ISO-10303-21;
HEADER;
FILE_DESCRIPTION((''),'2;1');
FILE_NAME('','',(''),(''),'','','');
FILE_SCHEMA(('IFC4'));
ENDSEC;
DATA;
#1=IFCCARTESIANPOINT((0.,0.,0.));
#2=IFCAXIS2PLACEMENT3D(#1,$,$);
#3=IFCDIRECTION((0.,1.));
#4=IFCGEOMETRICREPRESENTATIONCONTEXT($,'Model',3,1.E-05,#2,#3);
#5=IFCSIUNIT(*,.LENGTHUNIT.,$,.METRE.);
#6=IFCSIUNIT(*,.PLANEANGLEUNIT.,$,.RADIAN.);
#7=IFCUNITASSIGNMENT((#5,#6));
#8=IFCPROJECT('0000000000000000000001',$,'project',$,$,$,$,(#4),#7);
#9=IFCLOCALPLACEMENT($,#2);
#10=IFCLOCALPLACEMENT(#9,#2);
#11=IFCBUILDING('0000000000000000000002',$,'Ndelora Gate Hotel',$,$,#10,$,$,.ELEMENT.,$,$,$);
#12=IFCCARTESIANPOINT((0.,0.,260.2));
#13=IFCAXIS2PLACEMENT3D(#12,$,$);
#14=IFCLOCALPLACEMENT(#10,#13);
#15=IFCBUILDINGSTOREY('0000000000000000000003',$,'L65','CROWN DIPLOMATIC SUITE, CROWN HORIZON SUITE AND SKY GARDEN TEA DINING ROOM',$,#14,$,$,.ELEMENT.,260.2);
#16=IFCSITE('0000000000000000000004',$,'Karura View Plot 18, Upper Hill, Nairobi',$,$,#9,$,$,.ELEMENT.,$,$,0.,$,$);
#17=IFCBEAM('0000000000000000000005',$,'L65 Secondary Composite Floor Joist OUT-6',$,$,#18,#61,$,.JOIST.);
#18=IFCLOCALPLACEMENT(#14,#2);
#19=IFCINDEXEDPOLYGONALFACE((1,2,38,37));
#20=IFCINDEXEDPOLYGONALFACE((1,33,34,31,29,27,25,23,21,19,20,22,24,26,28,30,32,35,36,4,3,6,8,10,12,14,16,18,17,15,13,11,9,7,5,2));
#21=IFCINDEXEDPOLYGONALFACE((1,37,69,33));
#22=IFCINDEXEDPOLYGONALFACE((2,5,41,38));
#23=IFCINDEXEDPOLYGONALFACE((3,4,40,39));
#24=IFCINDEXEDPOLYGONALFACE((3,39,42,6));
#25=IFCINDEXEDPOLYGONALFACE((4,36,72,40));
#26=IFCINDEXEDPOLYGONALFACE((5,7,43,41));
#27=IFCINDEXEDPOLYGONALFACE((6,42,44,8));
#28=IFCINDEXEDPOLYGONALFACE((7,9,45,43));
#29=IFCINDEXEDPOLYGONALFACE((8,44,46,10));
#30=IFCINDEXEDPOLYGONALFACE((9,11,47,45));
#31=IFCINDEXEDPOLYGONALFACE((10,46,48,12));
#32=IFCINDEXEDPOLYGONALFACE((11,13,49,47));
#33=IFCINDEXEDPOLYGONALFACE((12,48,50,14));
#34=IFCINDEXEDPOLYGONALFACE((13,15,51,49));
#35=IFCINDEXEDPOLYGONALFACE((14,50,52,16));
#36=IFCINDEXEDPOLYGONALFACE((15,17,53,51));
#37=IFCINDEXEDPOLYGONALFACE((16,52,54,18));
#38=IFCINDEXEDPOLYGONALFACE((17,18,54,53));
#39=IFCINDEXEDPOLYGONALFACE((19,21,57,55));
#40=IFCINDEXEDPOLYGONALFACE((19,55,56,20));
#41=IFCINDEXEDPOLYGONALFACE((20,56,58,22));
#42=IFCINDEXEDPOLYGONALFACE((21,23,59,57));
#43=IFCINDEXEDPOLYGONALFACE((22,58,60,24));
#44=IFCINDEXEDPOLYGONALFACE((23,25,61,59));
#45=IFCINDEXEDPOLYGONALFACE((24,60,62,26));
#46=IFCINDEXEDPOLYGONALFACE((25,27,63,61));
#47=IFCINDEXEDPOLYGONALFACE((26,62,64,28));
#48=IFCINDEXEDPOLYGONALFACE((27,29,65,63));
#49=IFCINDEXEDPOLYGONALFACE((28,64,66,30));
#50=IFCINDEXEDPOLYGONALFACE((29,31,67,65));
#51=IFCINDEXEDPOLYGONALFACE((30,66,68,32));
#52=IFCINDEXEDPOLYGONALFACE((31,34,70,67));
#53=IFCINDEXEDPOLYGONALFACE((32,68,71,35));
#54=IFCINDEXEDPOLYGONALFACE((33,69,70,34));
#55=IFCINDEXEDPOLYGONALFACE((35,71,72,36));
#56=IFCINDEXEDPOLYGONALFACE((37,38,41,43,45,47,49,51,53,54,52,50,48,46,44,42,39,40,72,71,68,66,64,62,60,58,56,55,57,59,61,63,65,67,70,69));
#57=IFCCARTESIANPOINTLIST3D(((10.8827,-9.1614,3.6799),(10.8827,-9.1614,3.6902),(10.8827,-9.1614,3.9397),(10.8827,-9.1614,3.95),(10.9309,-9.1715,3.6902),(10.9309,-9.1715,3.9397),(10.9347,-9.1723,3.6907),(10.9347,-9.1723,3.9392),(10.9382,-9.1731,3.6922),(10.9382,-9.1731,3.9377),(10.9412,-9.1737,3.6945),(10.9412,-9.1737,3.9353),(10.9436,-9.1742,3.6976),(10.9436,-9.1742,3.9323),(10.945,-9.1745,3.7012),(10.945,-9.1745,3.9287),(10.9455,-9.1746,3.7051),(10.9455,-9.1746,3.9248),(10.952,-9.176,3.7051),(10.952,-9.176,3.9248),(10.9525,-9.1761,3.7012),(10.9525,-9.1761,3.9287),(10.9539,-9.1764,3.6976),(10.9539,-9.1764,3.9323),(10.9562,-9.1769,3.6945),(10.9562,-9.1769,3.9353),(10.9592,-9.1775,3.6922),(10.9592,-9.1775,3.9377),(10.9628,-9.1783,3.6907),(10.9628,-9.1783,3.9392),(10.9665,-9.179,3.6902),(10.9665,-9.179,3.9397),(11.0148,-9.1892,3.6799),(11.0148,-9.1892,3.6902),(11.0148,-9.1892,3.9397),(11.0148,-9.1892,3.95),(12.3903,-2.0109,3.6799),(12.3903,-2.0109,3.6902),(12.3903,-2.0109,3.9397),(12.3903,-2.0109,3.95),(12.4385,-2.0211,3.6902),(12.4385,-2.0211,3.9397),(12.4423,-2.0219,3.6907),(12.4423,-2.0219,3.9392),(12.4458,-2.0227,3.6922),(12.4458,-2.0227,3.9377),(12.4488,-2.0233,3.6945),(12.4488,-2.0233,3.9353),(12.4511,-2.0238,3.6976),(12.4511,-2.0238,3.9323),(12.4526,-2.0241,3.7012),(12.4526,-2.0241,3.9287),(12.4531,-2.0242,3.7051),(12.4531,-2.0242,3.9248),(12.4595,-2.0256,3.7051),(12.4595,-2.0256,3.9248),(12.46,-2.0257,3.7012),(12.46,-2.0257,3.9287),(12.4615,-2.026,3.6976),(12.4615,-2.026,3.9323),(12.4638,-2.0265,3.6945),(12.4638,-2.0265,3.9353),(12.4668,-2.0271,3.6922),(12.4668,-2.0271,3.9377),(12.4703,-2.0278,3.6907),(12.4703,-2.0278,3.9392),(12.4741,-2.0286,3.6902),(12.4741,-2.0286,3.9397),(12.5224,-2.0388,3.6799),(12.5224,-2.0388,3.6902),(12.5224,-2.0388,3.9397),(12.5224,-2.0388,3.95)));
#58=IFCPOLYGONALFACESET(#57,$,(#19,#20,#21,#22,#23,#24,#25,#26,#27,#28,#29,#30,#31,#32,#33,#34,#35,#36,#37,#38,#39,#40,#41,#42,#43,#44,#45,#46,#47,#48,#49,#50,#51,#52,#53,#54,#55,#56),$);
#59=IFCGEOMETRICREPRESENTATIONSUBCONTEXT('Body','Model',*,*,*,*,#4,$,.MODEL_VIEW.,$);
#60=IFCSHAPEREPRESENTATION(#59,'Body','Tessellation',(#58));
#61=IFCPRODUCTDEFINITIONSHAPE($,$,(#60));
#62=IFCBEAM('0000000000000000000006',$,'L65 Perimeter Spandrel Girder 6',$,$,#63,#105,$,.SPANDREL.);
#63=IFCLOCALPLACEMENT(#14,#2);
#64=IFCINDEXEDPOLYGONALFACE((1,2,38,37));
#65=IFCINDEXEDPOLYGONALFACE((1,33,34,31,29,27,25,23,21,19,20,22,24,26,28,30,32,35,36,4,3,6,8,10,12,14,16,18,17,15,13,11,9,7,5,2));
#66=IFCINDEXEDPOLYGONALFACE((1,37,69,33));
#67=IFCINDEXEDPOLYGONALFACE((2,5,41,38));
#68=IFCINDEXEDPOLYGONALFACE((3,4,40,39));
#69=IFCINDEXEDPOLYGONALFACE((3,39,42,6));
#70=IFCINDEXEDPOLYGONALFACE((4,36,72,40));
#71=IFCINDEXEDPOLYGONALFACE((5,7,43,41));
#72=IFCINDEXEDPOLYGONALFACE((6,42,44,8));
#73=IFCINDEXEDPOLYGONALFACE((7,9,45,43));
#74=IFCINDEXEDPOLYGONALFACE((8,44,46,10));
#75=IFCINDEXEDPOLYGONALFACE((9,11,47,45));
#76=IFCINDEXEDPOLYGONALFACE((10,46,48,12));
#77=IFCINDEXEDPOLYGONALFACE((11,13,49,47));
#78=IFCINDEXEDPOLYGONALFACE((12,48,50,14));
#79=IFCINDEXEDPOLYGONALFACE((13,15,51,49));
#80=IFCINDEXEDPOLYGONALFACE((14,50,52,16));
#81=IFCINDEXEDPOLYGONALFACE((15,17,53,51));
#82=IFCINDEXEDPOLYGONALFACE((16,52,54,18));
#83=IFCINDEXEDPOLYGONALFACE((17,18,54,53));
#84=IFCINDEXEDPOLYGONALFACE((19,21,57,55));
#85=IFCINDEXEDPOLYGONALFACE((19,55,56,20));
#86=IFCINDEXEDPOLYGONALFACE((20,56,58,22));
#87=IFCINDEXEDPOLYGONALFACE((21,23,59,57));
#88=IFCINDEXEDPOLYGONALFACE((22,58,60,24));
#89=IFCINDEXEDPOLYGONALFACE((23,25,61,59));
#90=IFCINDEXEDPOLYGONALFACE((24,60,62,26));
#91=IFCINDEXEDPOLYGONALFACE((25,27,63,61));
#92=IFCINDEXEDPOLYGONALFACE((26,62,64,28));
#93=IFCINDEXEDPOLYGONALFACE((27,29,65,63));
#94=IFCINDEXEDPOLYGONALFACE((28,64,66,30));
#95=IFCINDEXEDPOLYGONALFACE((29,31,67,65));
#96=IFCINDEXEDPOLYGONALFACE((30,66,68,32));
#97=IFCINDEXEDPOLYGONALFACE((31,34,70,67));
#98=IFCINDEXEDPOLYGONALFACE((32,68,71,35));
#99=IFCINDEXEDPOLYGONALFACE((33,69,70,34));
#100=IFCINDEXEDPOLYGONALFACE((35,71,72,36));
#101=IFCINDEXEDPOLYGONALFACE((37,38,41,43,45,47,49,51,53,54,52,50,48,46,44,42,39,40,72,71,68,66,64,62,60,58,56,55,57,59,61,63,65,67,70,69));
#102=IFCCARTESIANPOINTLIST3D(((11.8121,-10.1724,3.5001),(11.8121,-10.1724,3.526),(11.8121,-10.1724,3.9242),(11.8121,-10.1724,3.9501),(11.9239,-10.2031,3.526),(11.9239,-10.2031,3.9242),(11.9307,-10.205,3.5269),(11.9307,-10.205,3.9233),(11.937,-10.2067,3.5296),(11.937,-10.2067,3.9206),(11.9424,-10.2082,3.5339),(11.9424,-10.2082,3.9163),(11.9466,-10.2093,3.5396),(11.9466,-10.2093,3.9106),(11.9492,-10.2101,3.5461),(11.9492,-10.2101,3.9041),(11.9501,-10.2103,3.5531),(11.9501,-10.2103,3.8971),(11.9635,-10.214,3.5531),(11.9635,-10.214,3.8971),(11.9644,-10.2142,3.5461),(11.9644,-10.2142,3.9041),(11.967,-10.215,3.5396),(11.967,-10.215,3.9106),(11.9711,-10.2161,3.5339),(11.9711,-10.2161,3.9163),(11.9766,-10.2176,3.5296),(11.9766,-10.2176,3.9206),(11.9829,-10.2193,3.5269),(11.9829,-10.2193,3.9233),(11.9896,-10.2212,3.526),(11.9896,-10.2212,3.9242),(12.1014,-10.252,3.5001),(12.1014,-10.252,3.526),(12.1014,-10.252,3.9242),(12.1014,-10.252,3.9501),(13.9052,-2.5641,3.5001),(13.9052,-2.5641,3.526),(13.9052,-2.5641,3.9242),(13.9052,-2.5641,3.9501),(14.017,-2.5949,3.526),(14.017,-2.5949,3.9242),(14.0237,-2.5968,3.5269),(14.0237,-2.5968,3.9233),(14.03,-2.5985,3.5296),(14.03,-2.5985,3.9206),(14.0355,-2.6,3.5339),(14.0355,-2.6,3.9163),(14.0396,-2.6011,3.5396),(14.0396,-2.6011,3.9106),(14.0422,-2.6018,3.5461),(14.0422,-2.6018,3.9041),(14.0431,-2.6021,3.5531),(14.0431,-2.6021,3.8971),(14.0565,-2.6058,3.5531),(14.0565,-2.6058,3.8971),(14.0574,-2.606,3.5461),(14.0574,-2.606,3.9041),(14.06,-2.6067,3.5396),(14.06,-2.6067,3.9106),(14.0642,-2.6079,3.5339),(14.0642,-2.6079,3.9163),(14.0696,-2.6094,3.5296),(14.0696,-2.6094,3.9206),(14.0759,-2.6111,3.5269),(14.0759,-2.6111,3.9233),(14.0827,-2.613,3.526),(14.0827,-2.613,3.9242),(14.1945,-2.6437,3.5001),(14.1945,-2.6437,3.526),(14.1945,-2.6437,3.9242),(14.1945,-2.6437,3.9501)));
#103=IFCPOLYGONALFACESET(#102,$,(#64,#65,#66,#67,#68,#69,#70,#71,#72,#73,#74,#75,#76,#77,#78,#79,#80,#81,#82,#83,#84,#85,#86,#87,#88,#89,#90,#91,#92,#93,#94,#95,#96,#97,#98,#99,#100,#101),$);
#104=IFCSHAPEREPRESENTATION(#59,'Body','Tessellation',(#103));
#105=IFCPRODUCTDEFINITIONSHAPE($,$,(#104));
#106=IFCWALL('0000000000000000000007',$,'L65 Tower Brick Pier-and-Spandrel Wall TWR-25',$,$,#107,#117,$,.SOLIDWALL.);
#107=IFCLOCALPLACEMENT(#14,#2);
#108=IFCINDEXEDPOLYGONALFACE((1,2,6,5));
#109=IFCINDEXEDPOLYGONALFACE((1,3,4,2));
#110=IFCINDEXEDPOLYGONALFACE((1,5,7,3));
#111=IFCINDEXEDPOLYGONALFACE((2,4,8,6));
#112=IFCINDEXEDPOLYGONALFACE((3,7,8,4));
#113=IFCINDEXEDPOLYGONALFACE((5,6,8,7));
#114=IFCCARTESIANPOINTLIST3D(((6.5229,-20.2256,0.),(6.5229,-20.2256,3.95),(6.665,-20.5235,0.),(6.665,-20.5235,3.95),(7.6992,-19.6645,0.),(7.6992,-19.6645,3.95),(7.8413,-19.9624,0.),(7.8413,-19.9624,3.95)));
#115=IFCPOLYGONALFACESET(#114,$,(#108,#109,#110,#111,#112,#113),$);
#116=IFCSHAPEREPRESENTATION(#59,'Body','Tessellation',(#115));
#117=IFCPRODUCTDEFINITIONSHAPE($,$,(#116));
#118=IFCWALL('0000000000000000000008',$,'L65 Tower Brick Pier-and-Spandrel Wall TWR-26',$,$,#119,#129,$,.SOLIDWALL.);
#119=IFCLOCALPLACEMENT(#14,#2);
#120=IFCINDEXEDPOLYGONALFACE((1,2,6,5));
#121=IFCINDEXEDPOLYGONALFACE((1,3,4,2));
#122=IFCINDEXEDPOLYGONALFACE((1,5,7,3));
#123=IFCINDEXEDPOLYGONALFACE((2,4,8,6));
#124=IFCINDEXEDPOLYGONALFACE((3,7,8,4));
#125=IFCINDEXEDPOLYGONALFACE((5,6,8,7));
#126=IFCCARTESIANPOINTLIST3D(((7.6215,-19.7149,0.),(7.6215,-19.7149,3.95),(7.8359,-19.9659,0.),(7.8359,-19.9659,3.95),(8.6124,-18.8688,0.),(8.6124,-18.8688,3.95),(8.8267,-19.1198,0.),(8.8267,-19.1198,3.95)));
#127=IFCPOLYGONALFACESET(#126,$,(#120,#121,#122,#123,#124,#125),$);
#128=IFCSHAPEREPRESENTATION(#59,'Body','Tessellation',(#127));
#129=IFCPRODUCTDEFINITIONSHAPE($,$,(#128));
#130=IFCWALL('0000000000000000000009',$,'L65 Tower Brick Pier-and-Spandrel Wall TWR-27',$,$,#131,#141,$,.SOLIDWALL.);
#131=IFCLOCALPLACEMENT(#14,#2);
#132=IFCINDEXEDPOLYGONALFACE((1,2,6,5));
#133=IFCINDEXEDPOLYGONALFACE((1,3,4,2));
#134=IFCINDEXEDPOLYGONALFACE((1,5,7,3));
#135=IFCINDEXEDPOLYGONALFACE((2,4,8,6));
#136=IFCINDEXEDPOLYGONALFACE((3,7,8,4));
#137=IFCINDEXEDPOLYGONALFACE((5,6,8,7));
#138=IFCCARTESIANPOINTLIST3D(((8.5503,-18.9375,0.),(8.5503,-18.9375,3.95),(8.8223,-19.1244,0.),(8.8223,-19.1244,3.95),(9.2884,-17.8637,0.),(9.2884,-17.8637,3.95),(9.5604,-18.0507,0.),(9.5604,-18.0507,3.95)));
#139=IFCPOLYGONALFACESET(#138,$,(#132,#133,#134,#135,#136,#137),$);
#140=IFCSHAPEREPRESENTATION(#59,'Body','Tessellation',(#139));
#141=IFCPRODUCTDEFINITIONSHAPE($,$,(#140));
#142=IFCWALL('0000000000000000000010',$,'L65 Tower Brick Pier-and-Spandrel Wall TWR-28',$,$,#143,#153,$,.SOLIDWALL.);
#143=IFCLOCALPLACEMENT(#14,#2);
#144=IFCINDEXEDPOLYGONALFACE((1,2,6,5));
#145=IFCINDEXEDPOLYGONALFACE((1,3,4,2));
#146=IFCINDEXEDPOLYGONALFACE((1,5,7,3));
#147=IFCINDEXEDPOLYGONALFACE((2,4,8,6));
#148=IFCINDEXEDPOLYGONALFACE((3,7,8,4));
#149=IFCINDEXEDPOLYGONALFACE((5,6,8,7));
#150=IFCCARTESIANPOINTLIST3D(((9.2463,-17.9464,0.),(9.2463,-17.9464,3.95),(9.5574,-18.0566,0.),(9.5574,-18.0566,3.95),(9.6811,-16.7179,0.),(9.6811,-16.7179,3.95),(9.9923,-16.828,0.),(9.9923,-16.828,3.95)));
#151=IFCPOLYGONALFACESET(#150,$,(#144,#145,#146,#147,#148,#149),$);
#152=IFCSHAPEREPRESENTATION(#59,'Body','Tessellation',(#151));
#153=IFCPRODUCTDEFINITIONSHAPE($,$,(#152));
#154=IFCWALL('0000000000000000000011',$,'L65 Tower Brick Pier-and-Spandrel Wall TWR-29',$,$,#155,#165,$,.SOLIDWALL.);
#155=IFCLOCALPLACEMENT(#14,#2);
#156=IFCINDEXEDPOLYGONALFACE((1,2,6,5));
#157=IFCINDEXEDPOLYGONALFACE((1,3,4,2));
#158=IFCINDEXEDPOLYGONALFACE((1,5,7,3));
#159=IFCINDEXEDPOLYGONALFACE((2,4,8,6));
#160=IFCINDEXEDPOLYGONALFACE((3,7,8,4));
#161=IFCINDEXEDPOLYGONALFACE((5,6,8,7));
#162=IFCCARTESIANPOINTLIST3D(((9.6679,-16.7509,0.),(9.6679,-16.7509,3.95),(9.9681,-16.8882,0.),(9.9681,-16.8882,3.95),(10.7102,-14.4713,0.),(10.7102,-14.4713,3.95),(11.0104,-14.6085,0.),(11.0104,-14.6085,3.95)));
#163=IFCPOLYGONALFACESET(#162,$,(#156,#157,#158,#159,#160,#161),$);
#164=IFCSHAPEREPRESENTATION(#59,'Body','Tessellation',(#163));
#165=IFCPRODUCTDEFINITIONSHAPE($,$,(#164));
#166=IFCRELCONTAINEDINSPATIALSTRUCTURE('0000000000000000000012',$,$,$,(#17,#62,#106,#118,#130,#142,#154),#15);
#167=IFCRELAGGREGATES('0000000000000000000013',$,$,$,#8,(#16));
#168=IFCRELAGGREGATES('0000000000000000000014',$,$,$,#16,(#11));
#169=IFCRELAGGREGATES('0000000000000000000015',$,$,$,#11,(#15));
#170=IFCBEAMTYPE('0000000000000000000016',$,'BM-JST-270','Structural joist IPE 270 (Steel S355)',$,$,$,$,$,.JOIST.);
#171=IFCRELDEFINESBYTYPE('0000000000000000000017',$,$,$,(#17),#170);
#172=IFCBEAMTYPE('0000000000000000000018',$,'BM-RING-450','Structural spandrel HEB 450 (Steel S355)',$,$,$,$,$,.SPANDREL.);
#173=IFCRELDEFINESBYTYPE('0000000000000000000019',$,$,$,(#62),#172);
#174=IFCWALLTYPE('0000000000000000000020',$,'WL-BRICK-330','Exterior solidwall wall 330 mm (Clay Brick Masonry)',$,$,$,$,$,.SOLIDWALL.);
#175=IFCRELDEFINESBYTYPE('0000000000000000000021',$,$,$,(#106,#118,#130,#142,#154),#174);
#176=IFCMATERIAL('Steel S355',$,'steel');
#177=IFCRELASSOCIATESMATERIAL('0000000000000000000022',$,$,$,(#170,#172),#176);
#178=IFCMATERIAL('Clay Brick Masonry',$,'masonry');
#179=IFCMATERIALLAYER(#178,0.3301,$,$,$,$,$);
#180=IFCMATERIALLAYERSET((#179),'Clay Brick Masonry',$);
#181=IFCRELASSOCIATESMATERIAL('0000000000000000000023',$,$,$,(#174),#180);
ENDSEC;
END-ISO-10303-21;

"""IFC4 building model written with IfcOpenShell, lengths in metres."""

from ifc_helpers import new_model, si_unit, direction, frame, frame_2d, origin, origin_2d, place, context, subcontext, project, spatial, rectangle, i_section, extrude, material, layer, layer_set, material_profile, profile_set, type_object, element, save


model = new_model("IFC4")

# Units and contexts
model_context = context("Model", 3, precision=1e-05, world=origin(), true_north=direction((0.0, 1.0)))
body_context = subcontext(model_context, "Body", "Model", "MODEL_VIEW")
ifc_project = project(units=[si_unit("LENGTHUNIT", "METRE"), si_unit("PLANEANGLEUNIT", "RADIAN")], contexts=[model_context])

# Site, building, storey
site_placement = place(None, origin())
site = spatial("IfcSite", under=ifc_project, at=site_placement, Name="Karura View Plot 18, Upper Hill, Nairobi", CompositionType="ELEMENT", RefElevation=0.0)
building_placement = place(site_placement, origin())
building = spatial("IfcBuilding", under=site, at=building_placement, Name="Ndelora Gate Hotel", CompositionType="ELEMENT")
storey_placement = place(building_placement, frame((0.0, 0.0, 260.2)))
storey = spatial("IfcBuildingStorey", under=building, at=storey_placement, Name="L65", Description="CROWN DIPLOMATIC SUITE, CROWN HORIZON SUITE AND SKY GARDEN TEA DINING ROOM", CompositionType="ELEMENT", Elevation=260.2)

# Beams
ifc_material_1 = material(Name="Steel S355", Category="steel")
ifc_material_profile_1 = material_profile(ifc_material_1, i_section(OverallWidth=0.135, OverallDepth=0.27, WebThickness=0.0066, FlangeThickness=0.0103, FilletRadius=0.0149, at=origin_2d()), Name="IPE 270")
ifc_profile_set_1 = profile_set([ifc_material_profile_1], Name="Steel S355")
beam_type_1 = type_object("IfcBeamType", Name="BM-JST-270", Description="Structural joist IPE 270 (Steel S355)", PredefinedType="JOIST", material=ifc_profile_set_1)
beam_1_placement = place(storey_placement, frame((10.9487, -9.1753, 3.8149), z_axis=(0.206302, 0.978488, 0.0), x_axis=(-0.978488, 0.206302, 0.0)))
element("IfcBeam", 1, at=beam_1_placement, inside=storey, type_object=beam_type_1, Name="L65 Secondary Composite Floor Joist OUT-6", PredefinedType="JOIST", context=body_context, shape_type="SweptSolid", body=[
    extrude(i_section(OverallWidth=0.135, OverallDepth=0.27, WebThickness=0.0066, FlangeThickness=0.0103, FilletRadius=0.0149, at=origin_2d()), origin(), (0.0, 0.0, 1.0), 7.3076),
])
ifc_material_profile_2 = material_profile(ifc_material_1, i_section(OverallWidth=0.3, OverallDepth=0.45, WebThickness=0.0139, FlangeThickness=0.0259, FilletRadius=0.0271, at=origin_2d()), Name="HEB 450")
ifc_profile_set_2 = profile_set([ifc_material_profile_2], Name="Steel S355")
beam_type_2 = type_object("IfcBeamType", Name="BM-RING-450", Description="Structural spandrel HEB 450 (Steel S355)", PredefinedType="SPANDREL", material=ifc_profile_set_2)
beam_2_placement = place(storey_placement, frame((11.9568, -10.2122, 3.7251), z_axis=(0.265248, 0.96418, 0.0), x_axis=(-0.96418, 0.265248, 0.0)))
element("IfcBeam", 2, at=beam_2_placement, inside=storey, type_object=beam_type_2, Name="L65 Perimeter Spandrel Girder 6", PredefinedType="SPANDREL", context=body_context, shape_type="SweptSolid", body=[
    extrude(i_section(OverallWidth=0.3, OverallDepth=0.45, WebThickness=0.0139, FlangeThickness=0.0259, FilletRadius=0.0271, at=origin_2d()), origin(), (0.0, 0.0, 1.0), 7.8909),
])

# Walls
ifc_material_2 = material(Name="Clay Brick Masonry", Category="masonry")
ifc_layer_1 = layer(ifc_material_2, 0.3301)
ifc_layer_set_1 = layer_set([ifc_layer_1], Name="Clay Brick Masonry")
wall_type_1 = type_object("IfcWallType", Name="WL-BRICK-330", Description="Exterior solidwall wall 330 mm (Clay Brick Masonry)", PredefinedType="SOLIDWALL", material=ifc_layer_set_1)
wall_1_placement = place(storey_placement, frame((7.7703, -19.8135, 0.0), z_axis=(0.0, 0.0, 1.0), x_axis=(-0.90259, -0.430501, 0.0)))
element("IfcWall", 3, at=wall_1_placement, inside=storey, type_object=wall_type_1, Name="L65 Tower Brick Pier-and-Spandrel Wall TWR-25", PredefinedType="SOLIDWALL", context=body_context, shape_type="SweptSolid", body=[
    extrude(rectangle(XDim=1.3032, YDim=0.3301, at=frame_2d((0.6516, 0.0))), origin(), (0.0, 0.0, 1.0), 3.95),
])
for number, where, z_axis, x_axis, name in (
    (4, (8.7195, -18.9944, 0.0), (0.0, 0.0, 1.0), (-0.760472, -0.649371, 0.0), "L65 Tower Brick Pier-and-Spandrel Wall TWR-26"),
    (5, (9.4243, -17.9573, 0.0), (0.0, 0.0, 1.0), (-0.566449, -0.824097, 0.0), "L65 Tower Brick Pier-and-Spandrel Wall TWR-27"),
):
    element("IfcWall", number, at=place(storey_placement, frame(where, z_axis=z_axis, x_axis=x_axis)), inside=storey, type_object=wall_type_1, Name=name, PredefinedType="SOLIDWALL", context=body_context, shape_type="SweptSolid", body=[
        extrude(rectangle(XDim=1.303, YDim=0.3301, at=frame_2d((0.6514, 0.0))), origin(), (0.0, 0.0, 1.0), 3.95),
    ])
wall_2_placement = place(storey_placement, frame((9.8367, -16.7729, 0.0), z_axis=(0.0, 0.0, 1.0), x_axis=(-0.333653, -0.942696, 0.0)))
element("IfcWall", 6, at=wall_2_placement, inside=storey, type_object=wall_type_1, Name="L65 Tower Brick Pier-and-Spandrel Wall TWR-28", PredefinedType="SOLIDWALL", context=body_context, shape_type="SweptSolid", body=[
    extrude(rectangle(XDim=1.3032, YDim=0.3301, at=frame_2d((0.6516, 0.0))), origin(), (0.0, 0.0, 1.0), 3.95),
])
wall_3_placement = place(storey_placement, frame((10.8604, -14.5398, 0.0), z_axis=(0.0, 0.0, 1.0), x_axis=(-0.415813, -0.90945, 0.0)))
element("IfcWall", 7, at=wall_3_placement, inside=storey, type_object=wall_type_1, Name="L65 Tower Brick Pier-and-Spandrel Wall TWR-29", PredefinedType="SOLIDWALL", context=body_context, shape_type="SweptSolid", body=[
    extrude(rectangle(XDim=2.5066, YDim=0.3301, at=frame_2d((1.2534, 0.0))), origin(), (0.0, 0.0, 1.0), 3.95),
])

save(model, "model.ifc")
